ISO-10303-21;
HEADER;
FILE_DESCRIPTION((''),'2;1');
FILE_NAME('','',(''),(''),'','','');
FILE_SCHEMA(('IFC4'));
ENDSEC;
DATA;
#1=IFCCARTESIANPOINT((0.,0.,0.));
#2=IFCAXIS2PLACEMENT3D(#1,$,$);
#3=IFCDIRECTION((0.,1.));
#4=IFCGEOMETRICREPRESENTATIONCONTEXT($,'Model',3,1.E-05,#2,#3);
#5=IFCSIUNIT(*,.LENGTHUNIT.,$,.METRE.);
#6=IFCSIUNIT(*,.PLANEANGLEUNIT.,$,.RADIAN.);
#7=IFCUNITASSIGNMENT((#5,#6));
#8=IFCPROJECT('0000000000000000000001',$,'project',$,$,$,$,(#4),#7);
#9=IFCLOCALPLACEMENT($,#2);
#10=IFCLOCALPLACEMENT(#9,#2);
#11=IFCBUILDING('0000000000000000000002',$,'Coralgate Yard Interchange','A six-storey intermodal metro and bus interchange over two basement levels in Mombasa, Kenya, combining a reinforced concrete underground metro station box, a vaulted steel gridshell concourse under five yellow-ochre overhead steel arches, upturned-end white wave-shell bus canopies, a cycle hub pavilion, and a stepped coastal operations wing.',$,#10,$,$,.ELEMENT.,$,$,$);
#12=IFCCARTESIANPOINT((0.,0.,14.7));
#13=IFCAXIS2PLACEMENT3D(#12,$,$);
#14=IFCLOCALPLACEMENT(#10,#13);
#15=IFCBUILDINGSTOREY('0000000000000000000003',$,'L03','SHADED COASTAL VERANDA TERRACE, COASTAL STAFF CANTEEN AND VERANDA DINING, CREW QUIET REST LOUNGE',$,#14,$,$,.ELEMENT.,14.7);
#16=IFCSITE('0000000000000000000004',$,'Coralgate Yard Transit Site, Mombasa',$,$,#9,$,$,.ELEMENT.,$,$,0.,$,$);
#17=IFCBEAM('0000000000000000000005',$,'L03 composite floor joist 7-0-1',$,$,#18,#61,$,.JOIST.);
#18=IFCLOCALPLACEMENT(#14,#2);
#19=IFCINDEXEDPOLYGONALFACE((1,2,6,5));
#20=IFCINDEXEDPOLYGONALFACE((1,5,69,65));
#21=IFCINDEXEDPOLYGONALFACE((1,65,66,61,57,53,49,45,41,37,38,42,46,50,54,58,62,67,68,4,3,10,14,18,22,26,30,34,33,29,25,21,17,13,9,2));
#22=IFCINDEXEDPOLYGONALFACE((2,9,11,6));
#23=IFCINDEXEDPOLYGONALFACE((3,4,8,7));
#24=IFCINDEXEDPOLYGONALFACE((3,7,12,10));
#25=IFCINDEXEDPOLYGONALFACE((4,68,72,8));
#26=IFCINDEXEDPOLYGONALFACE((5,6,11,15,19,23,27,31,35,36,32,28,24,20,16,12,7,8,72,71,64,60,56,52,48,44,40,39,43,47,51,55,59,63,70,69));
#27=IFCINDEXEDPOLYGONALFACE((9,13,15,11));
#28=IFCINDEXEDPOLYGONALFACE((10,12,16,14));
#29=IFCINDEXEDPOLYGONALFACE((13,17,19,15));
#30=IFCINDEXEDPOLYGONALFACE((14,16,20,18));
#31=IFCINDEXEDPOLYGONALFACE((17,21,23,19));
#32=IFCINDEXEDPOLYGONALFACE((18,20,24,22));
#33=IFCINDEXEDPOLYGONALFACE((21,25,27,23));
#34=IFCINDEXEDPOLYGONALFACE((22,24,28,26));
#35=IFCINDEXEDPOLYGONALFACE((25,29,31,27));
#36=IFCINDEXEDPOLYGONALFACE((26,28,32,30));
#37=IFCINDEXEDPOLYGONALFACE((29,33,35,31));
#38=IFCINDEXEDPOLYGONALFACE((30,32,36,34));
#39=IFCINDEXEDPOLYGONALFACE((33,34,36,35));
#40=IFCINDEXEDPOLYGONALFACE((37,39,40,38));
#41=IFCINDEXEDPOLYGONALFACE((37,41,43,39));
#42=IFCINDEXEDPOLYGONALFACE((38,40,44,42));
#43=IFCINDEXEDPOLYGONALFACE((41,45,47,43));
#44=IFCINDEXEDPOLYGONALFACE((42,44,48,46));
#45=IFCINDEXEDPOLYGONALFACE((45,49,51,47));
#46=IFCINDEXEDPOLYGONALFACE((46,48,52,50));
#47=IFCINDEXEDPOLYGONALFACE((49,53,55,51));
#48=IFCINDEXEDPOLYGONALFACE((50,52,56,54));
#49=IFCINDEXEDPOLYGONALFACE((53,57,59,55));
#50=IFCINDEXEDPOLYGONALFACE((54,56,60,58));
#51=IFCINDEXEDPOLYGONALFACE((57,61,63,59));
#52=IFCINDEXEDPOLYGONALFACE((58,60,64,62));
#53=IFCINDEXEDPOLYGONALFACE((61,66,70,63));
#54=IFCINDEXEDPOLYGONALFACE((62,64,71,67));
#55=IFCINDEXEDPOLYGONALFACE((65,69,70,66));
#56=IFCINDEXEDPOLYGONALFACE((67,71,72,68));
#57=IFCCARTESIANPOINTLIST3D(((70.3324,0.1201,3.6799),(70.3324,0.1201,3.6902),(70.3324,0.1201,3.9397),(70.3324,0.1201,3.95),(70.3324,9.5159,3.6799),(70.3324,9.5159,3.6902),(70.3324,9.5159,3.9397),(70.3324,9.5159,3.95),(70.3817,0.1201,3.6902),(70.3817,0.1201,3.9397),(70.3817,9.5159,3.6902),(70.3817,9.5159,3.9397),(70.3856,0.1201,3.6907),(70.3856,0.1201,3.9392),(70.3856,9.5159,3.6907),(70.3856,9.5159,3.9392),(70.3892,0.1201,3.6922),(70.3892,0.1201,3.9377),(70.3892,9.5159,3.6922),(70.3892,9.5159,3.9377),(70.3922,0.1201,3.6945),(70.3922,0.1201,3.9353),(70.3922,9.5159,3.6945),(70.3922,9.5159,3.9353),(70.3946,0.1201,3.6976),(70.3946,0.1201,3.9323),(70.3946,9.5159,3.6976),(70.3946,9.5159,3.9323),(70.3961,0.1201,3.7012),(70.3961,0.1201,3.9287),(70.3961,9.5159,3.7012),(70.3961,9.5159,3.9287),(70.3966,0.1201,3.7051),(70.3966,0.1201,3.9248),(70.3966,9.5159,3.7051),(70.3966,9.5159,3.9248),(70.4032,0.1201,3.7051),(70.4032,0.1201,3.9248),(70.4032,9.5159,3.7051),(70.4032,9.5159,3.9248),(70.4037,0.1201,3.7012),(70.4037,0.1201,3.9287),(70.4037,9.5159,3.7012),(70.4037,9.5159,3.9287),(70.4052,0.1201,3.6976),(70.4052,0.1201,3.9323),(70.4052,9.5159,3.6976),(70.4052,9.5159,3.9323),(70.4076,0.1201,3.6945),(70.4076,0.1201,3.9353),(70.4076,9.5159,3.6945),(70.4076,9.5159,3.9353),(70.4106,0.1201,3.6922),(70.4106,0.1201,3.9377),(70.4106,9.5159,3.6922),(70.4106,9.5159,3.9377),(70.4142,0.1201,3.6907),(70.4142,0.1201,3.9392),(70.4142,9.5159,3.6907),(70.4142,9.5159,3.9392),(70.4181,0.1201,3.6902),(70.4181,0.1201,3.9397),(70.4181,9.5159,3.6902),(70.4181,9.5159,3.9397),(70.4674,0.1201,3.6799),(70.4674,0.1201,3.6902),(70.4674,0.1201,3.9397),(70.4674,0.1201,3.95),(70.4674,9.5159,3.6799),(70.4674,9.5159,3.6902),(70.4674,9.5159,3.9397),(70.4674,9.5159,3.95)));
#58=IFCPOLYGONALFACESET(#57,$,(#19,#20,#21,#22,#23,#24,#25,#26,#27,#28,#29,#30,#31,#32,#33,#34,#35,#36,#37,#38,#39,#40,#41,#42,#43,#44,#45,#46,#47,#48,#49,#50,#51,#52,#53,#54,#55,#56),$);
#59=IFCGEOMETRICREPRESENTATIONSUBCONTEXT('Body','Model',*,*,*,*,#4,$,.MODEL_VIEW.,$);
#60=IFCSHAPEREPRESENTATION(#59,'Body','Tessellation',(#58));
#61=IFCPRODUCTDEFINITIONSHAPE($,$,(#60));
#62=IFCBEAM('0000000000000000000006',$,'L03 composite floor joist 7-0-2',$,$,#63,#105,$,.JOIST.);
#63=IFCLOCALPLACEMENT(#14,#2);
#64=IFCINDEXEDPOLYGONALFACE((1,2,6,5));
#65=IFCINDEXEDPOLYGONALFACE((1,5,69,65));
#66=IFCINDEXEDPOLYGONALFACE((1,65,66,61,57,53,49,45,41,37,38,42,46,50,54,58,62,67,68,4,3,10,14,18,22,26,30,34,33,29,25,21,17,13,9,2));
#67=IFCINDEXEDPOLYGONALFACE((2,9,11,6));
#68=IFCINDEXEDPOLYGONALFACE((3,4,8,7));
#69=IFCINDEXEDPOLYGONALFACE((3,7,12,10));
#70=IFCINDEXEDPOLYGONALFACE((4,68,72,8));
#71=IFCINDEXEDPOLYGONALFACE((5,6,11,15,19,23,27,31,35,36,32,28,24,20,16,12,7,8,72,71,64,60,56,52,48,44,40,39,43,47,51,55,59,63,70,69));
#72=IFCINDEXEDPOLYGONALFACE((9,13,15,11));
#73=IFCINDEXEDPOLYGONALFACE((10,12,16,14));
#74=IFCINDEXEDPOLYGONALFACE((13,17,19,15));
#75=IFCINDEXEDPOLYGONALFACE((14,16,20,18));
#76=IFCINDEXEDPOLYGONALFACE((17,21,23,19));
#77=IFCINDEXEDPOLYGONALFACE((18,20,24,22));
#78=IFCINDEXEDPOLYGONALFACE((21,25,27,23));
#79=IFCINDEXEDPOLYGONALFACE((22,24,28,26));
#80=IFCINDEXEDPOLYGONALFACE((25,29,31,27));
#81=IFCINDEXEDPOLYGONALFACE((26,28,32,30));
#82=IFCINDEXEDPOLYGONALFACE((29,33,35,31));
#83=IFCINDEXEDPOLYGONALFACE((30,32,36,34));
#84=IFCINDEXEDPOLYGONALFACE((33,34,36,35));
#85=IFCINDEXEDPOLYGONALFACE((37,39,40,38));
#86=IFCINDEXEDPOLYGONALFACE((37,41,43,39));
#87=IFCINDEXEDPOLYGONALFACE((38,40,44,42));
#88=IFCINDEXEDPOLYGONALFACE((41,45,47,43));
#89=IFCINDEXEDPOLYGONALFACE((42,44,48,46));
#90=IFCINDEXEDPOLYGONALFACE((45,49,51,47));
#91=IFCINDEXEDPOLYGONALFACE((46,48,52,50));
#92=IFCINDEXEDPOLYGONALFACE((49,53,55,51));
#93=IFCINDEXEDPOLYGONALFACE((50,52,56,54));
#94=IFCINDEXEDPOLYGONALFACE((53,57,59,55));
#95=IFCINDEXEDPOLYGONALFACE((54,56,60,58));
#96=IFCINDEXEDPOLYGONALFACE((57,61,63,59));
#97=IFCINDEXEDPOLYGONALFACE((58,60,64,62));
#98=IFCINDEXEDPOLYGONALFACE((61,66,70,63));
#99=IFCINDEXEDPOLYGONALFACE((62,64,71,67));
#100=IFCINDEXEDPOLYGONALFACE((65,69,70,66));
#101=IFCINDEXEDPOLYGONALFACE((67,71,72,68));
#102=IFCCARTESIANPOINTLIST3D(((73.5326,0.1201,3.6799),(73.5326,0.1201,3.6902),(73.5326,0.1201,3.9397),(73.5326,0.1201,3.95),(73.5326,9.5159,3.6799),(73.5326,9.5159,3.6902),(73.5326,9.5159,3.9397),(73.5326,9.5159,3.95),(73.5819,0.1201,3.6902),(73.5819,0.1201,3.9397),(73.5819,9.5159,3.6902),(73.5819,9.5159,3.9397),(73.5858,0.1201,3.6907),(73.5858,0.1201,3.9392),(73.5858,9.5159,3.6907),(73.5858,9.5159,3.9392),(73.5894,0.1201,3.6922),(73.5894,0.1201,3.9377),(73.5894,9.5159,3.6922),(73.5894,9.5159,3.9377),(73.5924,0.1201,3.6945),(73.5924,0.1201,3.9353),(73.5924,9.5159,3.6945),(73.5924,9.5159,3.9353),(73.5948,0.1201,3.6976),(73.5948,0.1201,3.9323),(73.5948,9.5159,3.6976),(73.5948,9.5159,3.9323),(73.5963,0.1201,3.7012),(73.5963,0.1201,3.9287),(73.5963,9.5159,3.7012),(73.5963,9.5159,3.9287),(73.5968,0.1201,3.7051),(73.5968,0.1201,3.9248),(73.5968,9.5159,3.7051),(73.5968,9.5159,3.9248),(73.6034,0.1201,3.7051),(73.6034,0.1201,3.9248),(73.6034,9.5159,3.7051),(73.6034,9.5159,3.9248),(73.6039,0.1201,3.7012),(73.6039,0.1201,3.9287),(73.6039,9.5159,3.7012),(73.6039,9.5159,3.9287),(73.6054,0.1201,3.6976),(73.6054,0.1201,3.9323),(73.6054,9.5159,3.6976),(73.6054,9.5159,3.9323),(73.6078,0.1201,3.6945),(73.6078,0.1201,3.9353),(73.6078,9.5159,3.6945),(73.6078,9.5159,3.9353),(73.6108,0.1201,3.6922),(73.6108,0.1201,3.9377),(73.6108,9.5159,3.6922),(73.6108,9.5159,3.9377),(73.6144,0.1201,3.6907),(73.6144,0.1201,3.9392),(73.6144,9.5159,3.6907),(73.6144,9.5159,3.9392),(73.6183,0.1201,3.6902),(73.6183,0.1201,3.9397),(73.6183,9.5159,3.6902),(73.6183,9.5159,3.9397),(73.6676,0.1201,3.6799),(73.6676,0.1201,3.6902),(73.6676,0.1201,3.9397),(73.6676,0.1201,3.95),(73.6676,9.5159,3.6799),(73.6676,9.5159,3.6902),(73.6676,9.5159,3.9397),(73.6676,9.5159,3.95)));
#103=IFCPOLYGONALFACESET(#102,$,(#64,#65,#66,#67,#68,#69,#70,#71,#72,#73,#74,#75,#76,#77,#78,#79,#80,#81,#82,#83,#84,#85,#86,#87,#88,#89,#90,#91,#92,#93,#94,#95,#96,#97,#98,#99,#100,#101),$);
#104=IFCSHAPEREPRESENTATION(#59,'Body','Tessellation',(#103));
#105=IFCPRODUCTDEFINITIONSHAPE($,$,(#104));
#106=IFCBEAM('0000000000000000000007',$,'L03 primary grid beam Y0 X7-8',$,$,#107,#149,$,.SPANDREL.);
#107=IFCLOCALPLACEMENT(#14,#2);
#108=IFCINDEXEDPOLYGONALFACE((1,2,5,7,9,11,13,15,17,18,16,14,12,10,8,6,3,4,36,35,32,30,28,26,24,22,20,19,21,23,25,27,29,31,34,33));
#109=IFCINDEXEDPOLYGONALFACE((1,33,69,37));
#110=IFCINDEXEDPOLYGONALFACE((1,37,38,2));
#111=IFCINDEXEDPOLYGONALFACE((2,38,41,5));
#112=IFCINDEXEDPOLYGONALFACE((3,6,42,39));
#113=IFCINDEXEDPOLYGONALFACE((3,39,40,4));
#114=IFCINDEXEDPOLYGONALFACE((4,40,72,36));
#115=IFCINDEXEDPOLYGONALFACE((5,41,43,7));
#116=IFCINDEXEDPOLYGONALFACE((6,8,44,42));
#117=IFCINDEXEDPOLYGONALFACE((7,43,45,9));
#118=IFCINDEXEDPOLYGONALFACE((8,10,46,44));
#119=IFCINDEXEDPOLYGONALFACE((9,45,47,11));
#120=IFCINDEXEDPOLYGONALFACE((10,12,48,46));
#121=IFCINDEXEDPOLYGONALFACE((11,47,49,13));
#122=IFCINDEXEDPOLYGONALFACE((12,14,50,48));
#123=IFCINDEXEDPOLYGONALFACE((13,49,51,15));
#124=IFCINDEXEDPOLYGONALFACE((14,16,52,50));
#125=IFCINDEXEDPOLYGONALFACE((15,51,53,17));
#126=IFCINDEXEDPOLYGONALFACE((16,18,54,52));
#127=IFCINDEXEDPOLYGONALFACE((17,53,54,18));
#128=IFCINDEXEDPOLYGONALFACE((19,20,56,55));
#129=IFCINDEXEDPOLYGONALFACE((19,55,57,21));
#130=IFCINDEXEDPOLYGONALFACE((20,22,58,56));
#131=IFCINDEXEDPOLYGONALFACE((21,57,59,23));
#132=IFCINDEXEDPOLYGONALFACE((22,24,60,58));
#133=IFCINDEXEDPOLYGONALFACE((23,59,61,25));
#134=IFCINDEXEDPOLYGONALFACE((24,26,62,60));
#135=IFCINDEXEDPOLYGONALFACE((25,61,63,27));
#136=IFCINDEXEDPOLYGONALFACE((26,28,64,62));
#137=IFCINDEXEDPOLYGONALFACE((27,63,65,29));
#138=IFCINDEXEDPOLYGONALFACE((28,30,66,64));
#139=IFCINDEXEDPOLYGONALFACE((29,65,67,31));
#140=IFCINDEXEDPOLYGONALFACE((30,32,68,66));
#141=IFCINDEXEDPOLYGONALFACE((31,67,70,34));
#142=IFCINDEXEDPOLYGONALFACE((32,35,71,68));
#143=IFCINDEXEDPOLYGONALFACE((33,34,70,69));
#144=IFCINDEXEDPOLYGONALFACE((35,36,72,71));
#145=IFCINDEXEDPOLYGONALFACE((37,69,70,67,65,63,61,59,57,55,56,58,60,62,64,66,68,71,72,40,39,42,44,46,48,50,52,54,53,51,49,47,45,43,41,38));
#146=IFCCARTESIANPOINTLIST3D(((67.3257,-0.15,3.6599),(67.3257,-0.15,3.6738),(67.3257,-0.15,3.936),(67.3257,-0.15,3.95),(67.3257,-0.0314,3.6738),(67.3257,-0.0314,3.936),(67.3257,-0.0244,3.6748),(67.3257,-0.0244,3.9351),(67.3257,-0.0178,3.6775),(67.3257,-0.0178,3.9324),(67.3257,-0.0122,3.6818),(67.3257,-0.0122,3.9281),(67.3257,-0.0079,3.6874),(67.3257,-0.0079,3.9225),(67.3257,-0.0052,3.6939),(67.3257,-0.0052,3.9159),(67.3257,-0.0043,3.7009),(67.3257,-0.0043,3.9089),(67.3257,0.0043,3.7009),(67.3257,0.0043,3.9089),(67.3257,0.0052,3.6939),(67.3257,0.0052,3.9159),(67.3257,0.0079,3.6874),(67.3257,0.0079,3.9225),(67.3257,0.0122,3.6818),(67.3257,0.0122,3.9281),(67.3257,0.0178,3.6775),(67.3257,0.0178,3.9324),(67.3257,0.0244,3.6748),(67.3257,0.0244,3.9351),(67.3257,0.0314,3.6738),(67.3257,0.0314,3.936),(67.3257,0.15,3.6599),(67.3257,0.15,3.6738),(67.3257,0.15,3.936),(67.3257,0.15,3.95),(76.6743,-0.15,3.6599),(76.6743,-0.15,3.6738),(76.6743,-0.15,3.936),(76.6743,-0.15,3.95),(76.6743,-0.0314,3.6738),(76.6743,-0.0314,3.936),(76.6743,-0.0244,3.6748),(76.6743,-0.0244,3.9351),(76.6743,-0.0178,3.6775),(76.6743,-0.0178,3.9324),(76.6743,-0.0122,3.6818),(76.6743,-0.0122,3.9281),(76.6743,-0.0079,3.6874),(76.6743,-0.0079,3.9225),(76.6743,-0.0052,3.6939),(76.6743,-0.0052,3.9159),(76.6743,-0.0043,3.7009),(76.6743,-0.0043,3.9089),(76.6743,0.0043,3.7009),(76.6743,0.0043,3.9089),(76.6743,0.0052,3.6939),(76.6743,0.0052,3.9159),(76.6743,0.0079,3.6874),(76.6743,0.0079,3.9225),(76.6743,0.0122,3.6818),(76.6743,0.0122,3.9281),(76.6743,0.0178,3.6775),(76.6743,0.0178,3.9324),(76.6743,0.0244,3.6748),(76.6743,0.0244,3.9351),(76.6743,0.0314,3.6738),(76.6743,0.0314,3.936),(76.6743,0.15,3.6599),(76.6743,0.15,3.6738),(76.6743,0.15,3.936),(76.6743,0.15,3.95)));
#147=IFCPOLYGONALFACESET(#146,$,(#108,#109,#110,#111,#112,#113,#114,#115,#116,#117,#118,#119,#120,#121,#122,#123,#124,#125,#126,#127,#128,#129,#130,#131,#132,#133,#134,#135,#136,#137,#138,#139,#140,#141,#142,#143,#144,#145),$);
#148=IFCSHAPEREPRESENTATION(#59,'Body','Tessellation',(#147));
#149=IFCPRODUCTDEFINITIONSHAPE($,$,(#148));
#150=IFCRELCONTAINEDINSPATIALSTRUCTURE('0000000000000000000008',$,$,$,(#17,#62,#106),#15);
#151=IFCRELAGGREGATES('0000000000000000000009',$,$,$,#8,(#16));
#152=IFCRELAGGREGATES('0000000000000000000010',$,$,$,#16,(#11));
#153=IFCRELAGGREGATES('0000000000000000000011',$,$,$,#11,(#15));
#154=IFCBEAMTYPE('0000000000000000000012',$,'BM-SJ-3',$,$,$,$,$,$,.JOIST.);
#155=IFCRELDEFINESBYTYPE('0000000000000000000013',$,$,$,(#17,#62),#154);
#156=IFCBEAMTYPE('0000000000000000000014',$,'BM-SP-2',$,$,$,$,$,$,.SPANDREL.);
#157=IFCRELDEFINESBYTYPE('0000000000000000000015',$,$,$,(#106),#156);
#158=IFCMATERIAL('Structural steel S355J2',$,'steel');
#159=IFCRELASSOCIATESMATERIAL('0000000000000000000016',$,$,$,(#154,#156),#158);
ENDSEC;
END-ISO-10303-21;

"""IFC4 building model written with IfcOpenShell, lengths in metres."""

from ifc_helpers import new_model, si_unit, direction, frame, origin, origin_2d, place, context, subcontext, project, spatial, i_section, extrude, material, material_profile, profile_set, type_object, element, save


model = new_model("IFC4")

# Units and contexts
model_context = context("Model", 3, precision=1e-05, world=origin(), true_north=direction((0.0, 1.0)))
body_context = subcontext(model_context, "Body", "Model", "MODEL_VIEW")
ifc_project = project(units=[si_unit("LENGTHUNIT", "METRE"), si_unit("PLANEANGLEUNIT", "RADIAN")], contexts=[model_context])

# Site, building, storey
site_placement = place(None, origin())
site = spatial("IfcSite", under=ifc_project, at=site_placement, Name="Coralgate Yard Transit Site, Mombasa", CompositionType="ELEMENT", RefElevation=0.0)
building_placement = place(site_placement, origin())
building = spatial("IfcBuilding", under=site, at=building_placement, Name="Coralgate Yard Interchange", Description="A six-storey intermodal metro and bus interchange over two basement levels in Mombasa, Kenya, combining a reinforced concrete underground metro station box, a vaulted steel gridshell concourse under five yellow-ochre overhead steel arches, upturned-end white wave-shell bus canopies, a cycle hub pavilion, and a stepped coastal operations wing.", CompositionType="ELEMENT")
storey_placement = place(building_placement, frame((0.0, 0.0, 14.7)))
storey = spatial("IfcBuildingStorey", under=building, at=storey_placement, Name="L03", Description="SHADED COASTAL VERANDA TERRACE, COASTAL STAFF CANTEEN AND VERANDA DINING, CREW QUIET REST LOUNGE", CompositionType="ELEMENT", Elevation=14.7)

# Beams
ifc_material_1 = material(Name="Structural steel S355J2", Category="steel")
ifc_material_profile_1 = material_profile(ifc_material_1, i_section(OverallWidth=0.135, OverallDepth=0.27, WebThickness=0.0066, FlangeThickness=0.0103, FilletRadius=0.0149, at=origin_2d()), Name="IPE 270")
ifc_profile_set_1 = profile_set([ifc_material_profile_1], Name="Structural steel S355J2")
beam_type_1 = type_object("IfcBeamType", Name="BM-SJ-3", PredefinedType="JOIST", material=ifc_profile_set_1)
for number, where, z_axis, x_axis, name in (
    (1, (70.3999, 0.1201, 3.8149), (0.0, 1.0, 0.0), (-1.0, 0.0, 0.0), "L03 composite floor joist 7-0-1"),
    (2, (73.6001, 0.1201, 3.8149), (0.0, 1.0, 0.0), (-1.0, 0.0, 0.0), "L03 composite floor joist 7-0-2"),
):
    element("IfcBeam", number, at=place(storey_placement, frame(where, z_axis=z_axis, x_axis=x_axis)), inside=storey, type_object=beam_type_1, Name=name, PredefinedType="JOIST", context=body_context, shape_type="SweptSolid", body=[
        extrude(i_section(OverallWidth=0.135, OverallDepth=0.27, WebThickness=0.0066, FlangeThickness=0.0103, FilletRadius=0.0149, at=origin_2d()), origin(), (0.0, 0.0, 1.0), 9.3958),
    ])
ifc_material_profile_2 = material_profile(ifc_material_1, i_section(OverallWidth=0.3, OverallDepth=0.29, WebThickness=0.0085, FlangeThickness=0.0139, FilletRadius=0.0271, at=origin_2d()), Name="HEA 300")
ifc_profile_set_2 = profile_set([ifc_material_profile_2], Name="Structural steel S355J2")
beam_type_2 = type_object("IfcBeamType", Name="BM-SP-2", PredefinedType="SPANDREL", material=ifc_profile_set_2)
beam_placement = place(storey_placement, frame((67.3257, 0.0, 3.8049), z_axis=(1.0, 0.0, 0.0), x_axis=(0.0, 1.0, 0.0)))
element("IfcBeam", 3, at=beam_placement, inside=storey, type_object=beam_type_2, Name="L03 primary grid beam Y0 X7-8", PredefinedType="SPANDREL", context=body_context, shape_type="SweptSolid", body=[
    extrude(i_section(OverallWidth=0.3, OverallDepth=0.29, WebThickness=0.0085, FlangeThickness=0.0139, FilletRadius=0.0271, at=origin_2d()), origin(), (0.0, 0.0, 1.0), 9.3486),
])

save(model, "model.ifc")
